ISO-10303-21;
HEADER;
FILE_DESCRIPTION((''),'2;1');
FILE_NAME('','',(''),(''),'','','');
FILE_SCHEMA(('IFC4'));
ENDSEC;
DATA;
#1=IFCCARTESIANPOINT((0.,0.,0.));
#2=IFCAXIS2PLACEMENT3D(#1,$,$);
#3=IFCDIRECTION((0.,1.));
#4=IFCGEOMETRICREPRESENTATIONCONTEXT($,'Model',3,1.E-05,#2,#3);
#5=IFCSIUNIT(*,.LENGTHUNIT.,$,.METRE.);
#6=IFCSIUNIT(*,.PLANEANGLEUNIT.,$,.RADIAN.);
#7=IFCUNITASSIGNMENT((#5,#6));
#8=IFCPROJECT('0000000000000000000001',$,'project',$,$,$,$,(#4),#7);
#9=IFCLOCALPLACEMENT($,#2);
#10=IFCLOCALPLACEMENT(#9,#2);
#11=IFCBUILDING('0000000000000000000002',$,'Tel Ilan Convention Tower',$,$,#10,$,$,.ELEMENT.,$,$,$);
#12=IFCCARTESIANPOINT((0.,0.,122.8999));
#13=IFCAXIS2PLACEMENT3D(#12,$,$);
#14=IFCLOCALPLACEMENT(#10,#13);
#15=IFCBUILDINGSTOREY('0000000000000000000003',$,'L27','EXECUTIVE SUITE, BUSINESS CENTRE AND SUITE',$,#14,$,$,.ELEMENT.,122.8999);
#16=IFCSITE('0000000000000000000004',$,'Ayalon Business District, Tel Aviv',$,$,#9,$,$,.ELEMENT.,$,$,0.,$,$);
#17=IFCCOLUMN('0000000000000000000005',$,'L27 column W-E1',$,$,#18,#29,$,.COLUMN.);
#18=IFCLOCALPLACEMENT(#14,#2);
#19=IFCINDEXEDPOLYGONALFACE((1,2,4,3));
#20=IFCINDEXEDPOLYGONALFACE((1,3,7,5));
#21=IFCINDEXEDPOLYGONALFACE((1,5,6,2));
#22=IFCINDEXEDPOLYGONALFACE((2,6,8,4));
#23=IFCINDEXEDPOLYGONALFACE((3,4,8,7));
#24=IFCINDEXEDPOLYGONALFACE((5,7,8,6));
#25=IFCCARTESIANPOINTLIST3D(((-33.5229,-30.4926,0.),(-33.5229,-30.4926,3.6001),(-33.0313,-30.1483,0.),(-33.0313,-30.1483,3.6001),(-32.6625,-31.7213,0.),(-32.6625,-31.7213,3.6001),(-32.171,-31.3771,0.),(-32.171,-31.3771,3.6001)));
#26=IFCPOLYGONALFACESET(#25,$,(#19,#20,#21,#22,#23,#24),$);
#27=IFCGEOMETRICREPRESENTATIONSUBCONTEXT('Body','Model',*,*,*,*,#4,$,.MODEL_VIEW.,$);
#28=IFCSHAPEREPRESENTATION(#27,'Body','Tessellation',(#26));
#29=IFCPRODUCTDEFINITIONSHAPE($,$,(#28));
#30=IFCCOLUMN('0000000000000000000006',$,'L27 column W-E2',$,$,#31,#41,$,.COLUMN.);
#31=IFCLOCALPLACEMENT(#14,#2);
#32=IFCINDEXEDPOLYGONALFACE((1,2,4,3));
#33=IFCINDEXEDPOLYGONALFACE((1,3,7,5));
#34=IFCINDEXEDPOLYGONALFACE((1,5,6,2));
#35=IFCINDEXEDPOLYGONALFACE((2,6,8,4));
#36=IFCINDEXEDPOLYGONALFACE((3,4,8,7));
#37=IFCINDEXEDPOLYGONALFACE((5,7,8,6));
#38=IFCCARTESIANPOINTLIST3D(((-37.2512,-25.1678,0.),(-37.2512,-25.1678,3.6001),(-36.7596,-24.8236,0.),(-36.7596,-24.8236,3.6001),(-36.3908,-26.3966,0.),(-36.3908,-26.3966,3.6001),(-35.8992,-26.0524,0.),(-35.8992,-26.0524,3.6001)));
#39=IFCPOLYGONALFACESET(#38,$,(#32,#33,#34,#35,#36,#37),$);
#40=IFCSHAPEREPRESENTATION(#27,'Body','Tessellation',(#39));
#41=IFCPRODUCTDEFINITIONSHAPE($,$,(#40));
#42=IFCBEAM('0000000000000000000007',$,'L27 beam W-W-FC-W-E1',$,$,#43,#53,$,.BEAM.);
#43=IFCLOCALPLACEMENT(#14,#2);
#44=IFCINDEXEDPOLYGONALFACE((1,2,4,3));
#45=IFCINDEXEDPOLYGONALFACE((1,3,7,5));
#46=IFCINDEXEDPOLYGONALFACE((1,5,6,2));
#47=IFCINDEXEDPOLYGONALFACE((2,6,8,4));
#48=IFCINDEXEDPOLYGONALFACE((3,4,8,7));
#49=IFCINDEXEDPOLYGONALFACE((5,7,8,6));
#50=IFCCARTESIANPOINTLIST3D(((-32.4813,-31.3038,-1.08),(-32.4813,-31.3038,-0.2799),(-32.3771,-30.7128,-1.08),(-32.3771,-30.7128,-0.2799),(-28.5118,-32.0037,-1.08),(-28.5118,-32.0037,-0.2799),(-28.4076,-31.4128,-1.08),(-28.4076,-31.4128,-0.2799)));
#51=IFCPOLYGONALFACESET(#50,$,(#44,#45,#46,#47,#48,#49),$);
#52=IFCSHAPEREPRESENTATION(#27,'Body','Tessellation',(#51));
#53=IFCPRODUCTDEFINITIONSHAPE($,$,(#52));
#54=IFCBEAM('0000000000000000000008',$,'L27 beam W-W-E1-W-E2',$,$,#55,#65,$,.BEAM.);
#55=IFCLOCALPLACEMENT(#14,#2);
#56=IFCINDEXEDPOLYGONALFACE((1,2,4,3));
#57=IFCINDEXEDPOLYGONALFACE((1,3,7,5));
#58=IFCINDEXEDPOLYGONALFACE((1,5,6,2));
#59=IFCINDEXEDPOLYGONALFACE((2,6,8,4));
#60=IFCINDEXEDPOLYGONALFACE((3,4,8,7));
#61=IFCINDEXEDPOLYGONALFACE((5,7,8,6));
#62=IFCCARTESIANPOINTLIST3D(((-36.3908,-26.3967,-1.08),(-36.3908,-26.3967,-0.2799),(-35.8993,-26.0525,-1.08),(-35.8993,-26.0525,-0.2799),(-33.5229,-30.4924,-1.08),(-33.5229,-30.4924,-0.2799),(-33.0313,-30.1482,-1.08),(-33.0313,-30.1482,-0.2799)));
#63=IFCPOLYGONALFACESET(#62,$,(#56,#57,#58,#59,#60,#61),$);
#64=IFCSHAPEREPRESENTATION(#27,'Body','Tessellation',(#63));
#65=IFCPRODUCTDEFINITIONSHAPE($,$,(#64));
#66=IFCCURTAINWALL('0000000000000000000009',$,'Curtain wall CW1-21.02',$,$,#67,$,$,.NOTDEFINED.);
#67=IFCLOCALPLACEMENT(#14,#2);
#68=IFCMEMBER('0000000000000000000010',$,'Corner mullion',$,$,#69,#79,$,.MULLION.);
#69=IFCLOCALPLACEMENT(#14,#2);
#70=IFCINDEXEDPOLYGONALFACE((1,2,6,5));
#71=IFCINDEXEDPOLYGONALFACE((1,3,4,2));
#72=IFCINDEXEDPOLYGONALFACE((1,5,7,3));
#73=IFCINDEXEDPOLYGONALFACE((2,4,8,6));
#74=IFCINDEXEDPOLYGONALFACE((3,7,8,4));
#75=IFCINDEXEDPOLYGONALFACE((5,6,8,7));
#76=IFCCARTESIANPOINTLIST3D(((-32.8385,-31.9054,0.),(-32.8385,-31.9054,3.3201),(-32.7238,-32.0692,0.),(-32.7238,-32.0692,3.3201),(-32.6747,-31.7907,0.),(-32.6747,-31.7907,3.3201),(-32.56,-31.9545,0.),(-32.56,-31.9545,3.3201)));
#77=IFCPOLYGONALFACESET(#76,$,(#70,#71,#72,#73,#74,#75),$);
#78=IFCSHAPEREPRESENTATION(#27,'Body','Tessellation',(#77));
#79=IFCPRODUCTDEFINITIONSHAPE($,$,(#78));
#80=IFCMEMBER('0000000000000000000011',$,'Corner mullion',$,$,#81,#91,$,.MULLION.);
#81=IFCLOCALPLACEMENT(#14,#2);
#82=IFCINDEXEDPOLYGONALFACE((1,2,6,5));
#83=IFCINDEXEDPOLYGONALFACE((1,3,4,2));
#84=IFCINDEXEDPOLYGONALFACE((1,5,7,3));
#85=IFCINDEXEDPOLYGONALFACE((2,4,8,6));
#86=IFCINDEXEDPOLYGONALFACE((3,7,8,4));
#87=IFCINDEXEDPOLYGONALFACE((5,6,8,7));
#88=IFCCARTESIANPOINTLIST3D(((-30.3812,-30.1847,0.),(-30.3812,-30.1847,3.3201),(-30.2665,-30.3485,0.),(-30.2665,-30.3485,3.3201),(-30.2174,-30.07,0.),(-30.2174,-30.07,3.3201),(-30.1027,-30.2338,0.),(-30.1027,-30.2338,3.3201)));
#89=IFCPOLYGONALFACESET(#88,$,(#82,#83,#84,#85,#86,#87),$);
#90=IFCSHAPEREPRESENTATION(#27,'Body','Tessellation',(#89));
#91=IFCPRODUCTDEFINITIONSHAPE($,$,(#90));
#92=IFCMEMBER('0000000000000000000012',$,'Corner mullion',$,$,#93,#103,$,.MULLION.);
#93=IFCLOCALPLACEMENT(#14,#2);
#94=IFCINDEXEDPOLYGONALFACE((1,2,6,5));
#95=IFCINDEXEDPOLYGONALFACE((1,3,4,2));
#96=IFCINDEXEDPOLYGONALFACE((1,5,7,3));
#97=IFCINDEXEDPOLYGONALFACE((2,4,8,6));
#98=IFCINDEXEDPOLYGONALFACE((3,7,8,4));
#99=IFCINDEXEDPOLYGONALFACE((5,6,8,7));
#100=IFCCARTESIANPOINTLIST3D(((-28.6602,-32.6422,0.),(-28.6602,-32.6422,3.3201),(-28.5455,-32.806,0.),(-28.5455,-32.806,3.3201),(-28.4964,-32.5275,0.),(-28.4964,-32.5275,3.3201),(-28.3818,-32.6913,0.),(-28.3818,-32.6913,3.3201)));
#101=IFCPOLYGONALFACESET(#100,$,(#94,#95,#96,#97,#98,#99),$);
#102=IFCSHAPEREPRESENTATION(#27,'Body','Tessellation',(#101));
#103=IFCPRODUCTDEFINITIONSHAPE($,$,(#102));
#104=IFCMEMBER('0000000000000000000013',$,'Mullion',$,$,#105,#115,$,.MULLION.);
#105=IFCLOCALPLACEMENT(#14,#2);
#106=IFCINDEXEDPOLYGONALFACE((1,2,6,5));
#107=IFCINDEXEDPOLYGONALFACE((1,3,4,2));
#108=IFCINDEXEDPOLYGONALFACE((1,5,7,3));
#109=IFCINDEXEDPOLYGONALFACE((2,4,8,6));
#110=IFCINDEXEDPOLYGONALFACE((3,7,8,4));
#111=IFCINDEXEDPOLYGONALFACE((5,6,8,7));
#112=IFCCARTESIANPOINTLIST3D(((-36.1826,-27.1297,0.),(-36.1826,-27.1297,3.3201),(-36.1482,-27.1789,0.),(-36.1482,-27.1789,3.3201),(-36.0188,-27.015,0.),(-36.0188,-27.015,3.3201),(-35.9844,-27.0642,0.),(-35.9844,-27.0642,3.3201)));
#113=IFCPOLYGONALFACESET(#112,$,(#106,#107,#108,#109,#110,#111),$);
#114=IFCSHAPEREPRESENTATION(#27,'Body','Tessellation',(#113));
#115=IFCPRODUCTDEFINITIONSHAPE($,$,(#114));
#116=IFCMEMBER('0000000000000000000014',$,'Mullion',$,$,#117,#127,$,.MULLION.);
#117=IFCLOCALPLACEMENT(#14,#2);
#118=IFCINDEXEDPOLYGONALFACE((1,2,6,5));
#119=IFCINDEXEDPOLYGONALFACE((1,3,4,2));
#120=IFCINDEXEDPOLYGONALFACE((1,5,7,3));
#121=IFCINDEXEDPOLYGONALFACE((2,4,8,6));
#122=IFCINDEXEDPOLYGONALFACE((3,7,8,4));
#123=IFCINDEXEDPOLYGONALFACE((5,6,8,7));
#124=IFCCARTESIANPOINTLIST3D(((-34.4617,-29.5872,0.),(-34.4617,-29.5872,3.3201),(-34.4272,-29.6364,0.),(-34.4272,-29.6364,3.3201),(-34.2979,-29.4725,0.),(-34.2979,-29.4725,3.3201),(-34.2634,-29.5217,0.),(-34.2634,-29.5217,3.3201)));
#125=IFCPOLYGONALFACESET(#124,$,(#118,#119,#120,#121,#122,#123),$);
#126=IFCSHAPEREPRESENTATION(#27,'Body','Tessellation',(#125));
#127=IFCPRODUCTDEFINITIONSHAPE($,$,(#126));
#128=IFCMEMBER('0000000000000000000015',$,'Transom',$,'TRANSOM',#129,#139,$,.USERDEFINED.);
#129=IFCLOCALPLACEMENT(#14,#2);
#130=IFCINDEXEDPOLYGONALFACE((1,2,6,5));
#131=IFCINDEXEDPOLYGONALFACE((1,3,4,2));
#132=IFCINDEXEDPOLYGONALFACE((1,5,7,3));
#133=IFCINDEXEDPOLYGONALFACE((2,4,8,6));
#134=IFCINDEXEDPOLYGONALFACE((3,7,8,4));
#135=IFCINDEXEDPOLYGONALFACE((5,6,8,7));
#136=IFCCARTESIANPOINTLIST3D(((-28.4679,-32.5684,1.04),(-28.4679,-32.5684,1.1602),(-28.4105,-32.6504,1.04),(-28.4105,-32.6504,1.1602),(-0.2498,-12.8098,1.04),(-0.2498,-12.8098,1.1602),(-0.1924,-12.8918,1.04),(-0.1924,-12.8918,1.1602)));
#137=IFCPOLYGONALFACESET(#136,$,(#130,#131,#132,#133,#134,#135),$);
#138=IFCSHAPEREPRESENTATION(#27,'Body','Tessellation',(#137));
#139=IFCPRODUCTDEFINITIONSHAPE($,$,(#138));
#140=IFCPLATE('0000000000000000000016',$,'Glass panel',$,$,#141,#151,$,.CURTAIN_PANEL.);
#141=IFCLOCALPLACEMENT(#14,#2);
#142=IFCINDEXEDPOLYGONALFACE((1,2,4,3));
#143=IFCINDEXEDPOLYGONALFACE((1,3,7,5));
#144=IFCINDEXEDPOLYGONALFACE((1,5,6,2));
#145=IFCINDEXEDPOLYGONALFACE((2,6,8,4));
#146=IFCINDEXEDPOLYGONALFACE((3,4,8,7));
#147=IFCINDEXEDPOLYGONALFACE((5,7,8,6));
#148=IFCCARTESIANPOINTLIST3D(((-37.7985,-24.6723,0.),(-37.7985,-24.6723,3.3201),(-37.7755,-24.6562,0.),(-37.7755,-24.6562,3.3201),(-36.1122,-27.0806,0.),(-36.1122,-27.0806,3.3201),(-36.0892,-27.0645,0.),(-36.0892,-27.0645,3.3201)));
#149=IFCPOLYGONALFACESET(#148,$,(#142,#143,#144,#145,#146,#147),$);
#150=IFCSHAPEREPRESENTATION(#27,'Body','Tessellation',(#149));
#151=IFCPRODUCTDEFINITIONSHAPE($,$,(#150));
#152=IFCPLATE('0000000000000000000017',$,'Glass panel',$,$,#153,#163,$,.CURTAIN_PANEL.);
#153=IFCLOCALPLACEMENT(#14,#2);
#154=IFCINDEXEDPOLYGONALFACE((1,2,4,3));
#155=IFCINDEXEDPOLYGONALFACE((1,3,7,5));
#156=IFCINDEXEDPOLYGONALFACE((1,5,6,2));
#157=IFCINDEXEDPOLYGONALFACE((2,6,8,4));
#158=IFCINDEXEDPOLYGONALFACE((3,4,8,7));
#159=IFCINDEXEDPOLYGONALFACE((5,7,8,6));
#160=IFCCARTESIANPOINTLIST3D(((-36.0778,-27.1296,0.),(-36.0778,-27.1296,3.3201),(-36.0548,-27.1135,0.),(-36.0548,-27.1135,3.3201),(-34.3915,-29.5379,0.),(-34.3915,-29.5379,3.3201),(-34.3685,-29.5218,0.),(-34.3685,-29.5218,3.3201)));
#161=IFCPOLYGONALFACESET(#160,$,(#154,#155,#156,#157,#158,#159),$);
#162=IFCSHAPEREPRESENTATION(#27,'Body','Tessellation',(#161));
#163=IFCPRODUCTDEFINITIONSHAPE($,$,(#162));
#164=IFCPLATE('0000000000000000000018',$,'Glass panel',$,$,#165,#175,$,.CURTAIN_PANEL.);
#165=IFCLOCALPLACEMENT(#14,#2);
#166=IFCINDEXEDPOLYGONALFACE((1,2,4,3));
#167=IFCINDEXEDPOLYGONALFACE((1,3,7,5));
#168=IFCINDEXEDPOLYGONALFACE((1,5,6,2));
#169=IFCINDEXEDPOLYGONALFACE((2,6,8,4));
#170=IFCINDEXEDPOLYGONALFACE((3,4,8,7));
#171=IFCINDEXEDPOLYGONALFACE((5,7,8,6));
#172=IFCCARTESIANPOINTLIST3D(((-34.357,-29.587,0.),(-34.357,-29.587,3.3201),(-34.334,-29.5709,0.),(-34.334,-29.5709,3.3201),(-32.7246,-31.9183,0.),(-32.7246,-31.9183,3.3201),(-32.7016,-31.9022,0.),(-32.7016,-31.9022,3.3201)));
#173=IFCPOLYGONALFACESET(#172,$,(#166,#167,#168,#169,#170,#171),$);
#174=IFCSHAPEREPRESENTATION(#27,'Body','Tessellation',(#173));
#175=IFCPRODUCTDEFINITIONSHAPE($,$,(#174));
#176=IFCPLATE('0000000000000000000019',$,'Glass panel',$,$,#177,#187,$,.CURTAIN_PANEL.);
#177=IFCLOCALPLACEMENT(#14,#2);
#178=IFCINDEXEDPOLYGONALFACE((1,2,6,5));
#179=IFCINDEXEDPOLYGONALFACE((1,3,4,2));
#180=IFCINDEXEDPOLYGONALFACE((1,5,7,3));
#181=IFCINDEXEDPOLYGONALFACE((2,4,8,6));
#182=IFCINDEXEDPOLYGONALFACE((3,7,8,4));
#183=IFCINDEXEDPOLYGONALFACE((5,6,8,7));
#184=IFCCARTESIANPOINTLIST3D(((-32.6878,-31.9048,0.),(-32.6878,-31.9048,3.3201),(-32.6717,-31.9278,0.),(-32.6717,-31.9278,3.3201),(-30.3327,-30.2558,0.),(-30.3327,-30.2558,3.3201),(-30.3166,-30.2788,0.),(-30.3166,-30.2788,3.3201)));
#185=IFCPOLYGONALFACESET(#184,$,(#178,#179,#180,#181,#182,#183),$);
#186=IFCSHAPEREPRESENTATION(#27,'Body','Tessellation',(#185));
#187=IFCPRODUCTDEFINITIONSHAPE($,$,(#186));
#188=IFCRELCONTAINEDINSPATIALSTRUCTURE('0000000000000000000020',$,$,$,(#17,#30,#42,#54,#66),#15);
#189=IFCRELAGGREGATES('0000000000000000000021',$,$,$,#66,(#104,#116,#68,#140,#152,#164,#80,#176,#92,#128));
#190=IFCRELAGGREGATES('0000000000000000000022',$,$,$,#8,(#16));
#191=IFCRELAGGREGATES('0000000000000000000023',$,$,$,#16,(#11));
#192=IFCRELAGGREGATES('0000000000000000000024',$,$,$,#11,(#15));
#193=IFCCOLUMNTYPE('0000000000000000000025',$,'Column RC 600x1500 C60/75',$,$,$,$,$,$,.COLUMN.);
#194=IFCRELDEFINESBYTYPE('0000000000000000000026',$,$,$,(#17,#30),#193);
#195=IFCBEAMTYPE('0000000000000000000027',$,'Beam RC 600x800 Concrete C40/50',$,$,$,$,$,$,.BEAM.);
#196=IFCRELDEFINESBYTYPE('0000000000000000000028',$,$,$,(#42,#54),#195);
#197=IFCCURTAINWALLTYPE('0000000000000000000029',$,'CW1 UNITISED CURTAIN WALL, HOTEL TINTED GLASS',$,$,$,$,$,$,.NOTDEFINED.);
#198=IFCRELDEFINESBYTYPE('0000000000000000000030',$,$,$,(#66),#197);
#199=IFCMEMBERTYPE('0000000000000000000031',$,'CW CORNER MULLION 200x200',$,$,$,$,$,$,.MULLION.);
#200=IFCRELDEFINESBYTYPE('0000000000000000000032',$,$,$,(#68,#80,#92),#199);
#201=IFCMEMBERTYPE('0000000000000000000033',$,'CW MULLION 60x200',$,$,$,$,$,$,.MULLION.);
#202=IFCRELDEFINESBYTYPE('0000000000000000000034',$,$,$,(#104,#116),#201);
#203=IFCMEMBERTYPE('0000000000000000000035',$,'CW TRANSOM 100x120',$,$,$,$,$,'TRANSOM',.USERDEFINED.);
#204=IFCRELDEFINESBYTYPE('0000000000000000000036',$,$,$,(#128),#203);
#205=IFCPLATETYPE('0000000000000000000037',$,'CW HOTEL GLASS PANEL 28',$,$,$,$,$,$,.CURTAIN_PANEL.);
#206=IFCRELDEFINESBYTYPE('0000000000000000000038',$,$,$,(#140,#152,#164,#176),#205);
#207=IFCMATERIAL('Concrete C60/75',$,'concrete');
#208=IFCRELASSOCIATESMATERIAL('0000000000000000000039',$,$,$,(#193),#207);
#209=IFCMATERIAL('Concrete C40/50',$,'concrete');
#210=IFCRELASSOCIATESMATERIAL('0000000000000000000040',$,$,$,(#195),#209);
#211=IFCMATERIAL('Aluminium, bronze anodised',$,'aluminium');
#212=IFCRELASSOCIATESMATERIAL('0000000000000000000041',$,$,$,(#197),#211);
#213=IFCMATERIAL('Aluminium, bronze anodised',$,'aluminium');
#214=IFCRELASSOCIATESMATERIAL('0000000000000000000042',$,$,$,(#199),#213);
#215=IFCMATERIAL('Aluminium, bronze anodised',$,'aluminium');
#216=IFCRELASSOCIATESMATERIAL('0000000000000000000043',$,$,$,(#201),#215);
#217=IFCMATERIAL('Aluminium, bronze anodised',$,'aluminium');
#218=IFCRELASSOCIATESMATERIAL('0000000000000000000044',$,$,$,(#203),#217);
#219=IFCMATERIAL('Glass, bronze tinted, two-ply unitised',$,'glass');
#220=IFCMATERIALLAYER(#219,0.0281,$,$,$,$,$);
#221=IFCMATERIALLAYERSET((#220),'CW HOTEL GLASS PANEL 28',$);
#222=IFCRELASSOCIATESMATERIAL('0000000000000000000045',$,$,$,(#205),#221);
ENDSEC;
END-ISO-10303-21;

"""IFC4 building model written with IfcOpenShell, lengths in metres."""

from ifc_helpers import new_model, si_unit, direction, frame, origin, origin_2d, place, context, subcontext, project, spatial, rectangle, extrude, material, layer, layer_set, material_profile, profile_set, type_object, element, aggregate, save


model = new_model("IFC4")

# Units and contexts
model_context = context("Model", 3, precision=1e-05, world=origin(), true_north=direction((0.0, 1.0)))
body_context = subcontext(model_context, "Body", "Model", "MODEL_VIEW")
ifc_project = project(units=[si_unit("LENGTHUNIT", "METRE"), si_unit("PLANEANGLEUNIT", "RADIAN")], contexts=[model_context])

# Site, building, storey
site_placement = place(None, origin())
site = spatial("IfcSite", under=ifc_project, at=site_placement, Name="Ayalon Business District, Tel Aviv", CompositionType="ELEMENT", RefElevation=0.0)
building_placement = place(site_placement, origin())
building = spatial("IfcBuilding", under=site, at=building_placement, Name="Tel Ilan Convention Tower", CompositionType="ELEMENT")
storey_placement = place(building_placement, frame((0.0, 0.0, 122.8999)))
storey = spatial("IfcBuildingStorey", under=building, at=storey_placement, Name="L27", Description="EXECUTIVE SUITE, BUSINESS CENTRE AND SUITE", CompositionType="ELEMENT", Elevation=122.8999)

# Columns
ifc_material_1 = material(Name="Concrete C60/75", Category="concrete")
ifc_material_profile_1 = material_profile(ifc_material_1, rectangle(XDim=1.5, YDim=0.6001, at=origin_2d()), Name="RC 600x1500")
ifc_profile_set_1 = profile_set([ifc_material_profile_1], Name="Concrete C60/75")
column_type = type_object("IfcColumnType", Name="Column RC 600x1500 C60/75", PredefinedType="COLUMN", material=ifc_profile_set_1)
for number, where, z_axis, x_axis, name in (
    (1, (-32.8469, -30.9348, 0.0), (0.0, 0.0, 1.0), (-0.573576, 0.819152, 0.0), "L27 column W-E1"),
    (2, (-36.5752, -25.6101, 0.0), (0.0, 0.0, 1.0), (-0.573576, 0.819152, 0.0), "L27 column W-E2"),
):
    element("IfcColumn", number, at=place(storey_placement, frame(where, z_axis=z_axis, x_axis=x_axis)), inside=storey, type_object=column_type, Name=name, PredefinedType="COLUMN", context=body_context, shape_type="SweptSolid", body=[
        extrude(rectangle(XDim=1.5, YDim=0.6001, at=origin_2d()), origin(), (0.0, 0.0, 1.0), 3.6001),
    ])

# Beams
ifc_material_2 = material(Name="Concrete C40/50", Category="concrete")
ifc_material_profile_2 = material_profile(ifc_material_2, rectangle(XDim=0.6001, YDim=0.8, at=origin_2d()), Name="RC 600x800")
ifc_profile_set_2 = profile_set([ifc_material_profile_2], Name="Concrete C40/50")
beam_type = type_object("IfcBeamType", Name="Beam RC 600x800 Concrete C40/50", PredefinedType="BEAM", material=ifc_profile_set_2)
beam_1_placement = place(storey_placement, frame((-28.4597, -31.7083, -0.6799), z_axis=(-0.984807, 0.173654, 0.0), x_axis=(-0.173654, -0.984807, 0.0)))
element("IfcBeam", 3, at=beam_1_placement, inside=storey, type_object=beam_type, Name="L27 beam W-W-FC-W-E1", PredefinedType="BEAM", context=body_context, shape_type="SweptSolid", body=[
    extrude(rectangle(XDim=0.6001, YDim=0.8, at=origin_2d()), origin(), (0.0, 0.0, 1.0), 4.0308),
])
beam_2_placement = place(storey_placement, frame((-33.2771, -30.3203, -0.6799), z_axis=(-0.573587, 0.819145, 0.0), x_axis=(-0.819145, -0.573587, 0.0)))
element("IfcBeam", 4, at=beam_2_placement, inside=storey, type_object=beam_type, Name="L27 beam W-W-E1-W-E2", PredefinedType="BEAM", context=body_context, shape_type="SweptSolid", body=[
    extrude(rectangle(XDim=0.6001, YDim=0.8, at=origin_2d()), origin(), (0.0, 0.0, 1.0), 5.0),
])

# Curtain wall, members, plates
ifc_material_3 = material(Name="Aluminium, bronze anodised", Category="aluminium")
curtain_wall_type = type_object("IfcCurtainWallType", Name="CW1 UNITISED CURTAIN WALL, HOTEL TINTED GLASS", PredefinedType="NOTDEFINED", material=ifc_material_3)
curtain_wall_placement = place(storey_placement, origin())
curtain_wall = element("IfcCurtainWall", 5, at=curtain_wall_placement, inside=storey, type_object=curtain_wall_type, Name="Curtain wall CW1-21.02", PredefinedType="NOTDEFINED")
ifc_material_4 = material(Name="Aluminium, bronze anodised", Category="aluminium")
ifc_material_profile_3 = material_profile(ifc_material_4, rectangle(XDim=0.2, YDim=0.2, at=origin_2d()), Name="CW CORNER MULLION 200x200")
ifc_profile_set_3 = profile_set([ifc_material_profile_3], Name="Aluminium, bronze anodised")
member_type_1 = type_object("IfcMemberType", Name="CW CORNER MULLION 200x200", PredefinedType="MULLION", material=ifc_profile_set_3)
member_1_placement = place(storey_placement, frame((-32.6992, -31.9299, 0.0), z_axis=(0.0, 0.0, 1.0), x_axis=(0.573576, -0.819152, 0.0)))
member_1 = element("IfcMember", 6, at=member_1_placement, type_object=member_type_1, Name="Corner mullion", PredefinedType="MULLION", context=body_context, shape_type="SweptSolid", body=[
    extrude(rectangle(XDim=0.2, YDim=0.2, at=origin_2d()), origin(), (0.0, 0.0, 1.0), 3.3201),
])
member_2_placement = place(storey_placement, frame((-30.2419, -30.2092, 0.0), z_axis=(0.0, 0.0, 1.0), x_axis=(0.819152, 0.573576, 0.0)))
member_2 = element("IfcMember", 7, at=member_2_placement, type_object=member_type_1, Name="Corner mullion", PredefinedType="MULLION", context=body_context, shape_type="SweptSolid", body=[
    extrude(rectangle(XDim=0.2, YDim=0.2, at=origin_2d()), origin(), (0.0, 0.0, 1.0), 3.3201),
])
member_3_placement = place(storey_placement, frame((-28.521, -32.6667, 0.0), z_axis=(0.0, 0.0, 1.0), x_axis=(0.573576, -0.819152, 0.0)))
member_3 = element("IfcMember", 8, at=member_3_placement, type_object=member_type_1, Name="Corner mullion", PredefinedType="MULLION", context=body_context, shape_type="SweptSolid", body=[
    extrude(rectangle(XDim=0.2, YDim=0.2, at=origin_2d()), origin(), (0.0, 0.0, 1.0), 3.3201),
])
ifc_material_5 = material(Name="Aluminium, bronze anodised", Category="aluminium")
ifc_material_profile_4 = material_profile(ifc_material_5, rectangle(XDim=0.0601, YDim=0.2, at=origin_2d()), Name="CW MULLION 60x200")
ifc_profile_set_4 = profile_set([ifc_material_profile_4], Name="Aluminium, bronze anodised")
member_type_2 = type_object("IfcMemberType", Name="CW MULLION 60x200", PredefinedType="MULLION", material=ifc_profile_set_4)
member_4_placement = place(storey_placement, frame((-36.0835, -27.0969, 0.0), z_axis=(0.0, 0.0, 1.0), x_axis=(0.573576, -0.819152, 0.0)))
member_4 = element("IfcMember", 9, at=member_4_placement, type_object=member_type_2, Name="Mullion", PredefinedType="MULLION", context=body_context, shape_type="SweptSolid", body=[
    extrude(rectangle(XDim=0.0601, YDim=0.2, at=origin_2d()), origin(), (0.0, 0.0, 1.0), 3.3201),
])
member_5_placement = place(storey_placement, frame((-34.3625, -29.5544, 0.0), z_axis=(0.0, 0.0, 1.0), x_axis=(0.573576, -0.819152, 0.0)))
member_5 = element("IfcMember", 10, at=member_5_placement, type_object=member_type_2, Name="Mullion", PredefinedType="MULLION", context=body_context, shape_type="SweptSolid", body=[
    extrude(rectangle(XDim=0.0601, YDim=0.2, at=origin_2d()), origin(), (0.0, 0.0, 1.0), 3.3201),
])
ifc_material_6 = material(Name="Aluminium, bronze anodised", Category="aluminium")
ifc_material_profile_5 = material_profile(ifc_material_6, rectangle(XDim=0.1001, YDim=0.1201, at=origin_2d()), Name="CW TRANSOM 100x120")
ifc_profile_set_5 = profile_set([ifc_material_profile_5], Name="Aluminium, bronze anodised")
member_type_3 = type_object("IfcMemberType", Name="CW TRANSOM 100x120", ElementType="TRANSOM", PredefinedType="USERDEFINED", material=ifc_profile_set_5)
member_6_placement = place(storey_placement, frame((-28.4392, -32.6094, 1.1001), z_axis=(0.819151, 0.573578, 0.0), x_axis=(-0.573578, 0.819151, 0.0)))
member_6 = element("IfcMember", 11, at=member_6_placement, type_object=member_type_3, Name="Transom", ObjectType="TRANSOM", PredefinedType="USERDEFINED", context=body_context, shape_type="SweptSolid", body=[
    extrude(rectangle(XDim=0.1001, YDim=0.1201, at=origin_2d()), origin(), (0.0, 0.0, 1.0), 34.448),
])
ifc_material_7 = material(Name="Glass, bronze tinted, two-ply unitised", Category="glass")
ifc_layer_1 = layer(ifc_material_7, 0.0281)
ifc_layer_set_1 = layer_set([ifc_layer_1], Name="CW HOTEL GLASS PANEL 28")
plate_type = type_object("IfcPlateType", Name="CW HOTEL GLASS PANEL 28", PredefinedType="CURTAIN_PANEL", material=ifc_layer_set_1)
plate_1_placement = place(storey_placement, frame((-36.9438, -25.8684, 0.0), z_axis=(0.0, 0.0, 1.0), x_axis=(0.573576, -0.819152, 0.0)))
plate_1 = element("IfcPlate", 12, at=plate_1_placement, type_object=plate_type, Name="Glass panel", PredefinedType="CURTAIN_PANEL", context=body_context, shape_type="SweptSolid", body=[
    extrude(rectangle(XDim=2.9399, YDim=0.0281, at=origin_2d()), origin(), (0.0, 0.0, 1.0), 3.3201),
])
plate_2_placement = place(storey_placement, frame((-35.2231, -28.3257, 0.0), z_axis=(0.0, 0.0, 1.0), x_axis=(0.573576, -0.819152, 0.0)))
plate_2 = element("IfcPlate", 13, at=plate_2_placement, type_object=plate_type, Name="Glass panel", PredefinedType="CURTAIN_PANEL", context=body_context, shape_type="SweptSolid", body=[
    extrude(rectangle(XDim=2.9399, YDim=0.0281, at=origin_2d()), origin(), (0.0, 0.0, 1.0), 3.3201),
])
plate_3_placement = place(storey_placement, frame((-33.5293, -30.7446, 0.0), z_axis=(0.0, 0.0, 1.0), x_axis=(0.573576, -0.819152, 0.0)))
plate_3 = element("IfcPlate", 14, at=plate_3_placement, type_object=plate_type, Name="Glass panel", PredefinedType="CURTAIN_PANEL", context=body_context, shape_type="SweptSolid", body=[
    extrude(rectangle(XDim=2.8459, YDim=0.0281, at=origin_2d()), origin(), (0.0, 0.0, 1.0), 3.3201),
])
plate_4_placement = place(storey_placement, frame((-31.5022, -31.0918, 0.0), z_axis=(0.0, 0.0, 1.0), x_axis=(0.819152, 0.573576, 0.0)))
plate_4 = element("IfcPlate", 15, at=plate_4_placement, type_object=plate_type, Name="Glass panel", PredefinedType="CURTAIN_PANEL", context=body_context, shape_type="SweptSolid", body=[
    extrude(rectangle(XDim=2.875, YDim=0.0281, at=origin_2d()), origin(), (0.0, 0.0, 1.0), 3.3201),
])
aggregate(curtain_wall, [member_4, member_5, member_1, plate_1, plate_2, plate_3, member_2, plate_4, member_3, member_6])

save(model, "model.ifc")
